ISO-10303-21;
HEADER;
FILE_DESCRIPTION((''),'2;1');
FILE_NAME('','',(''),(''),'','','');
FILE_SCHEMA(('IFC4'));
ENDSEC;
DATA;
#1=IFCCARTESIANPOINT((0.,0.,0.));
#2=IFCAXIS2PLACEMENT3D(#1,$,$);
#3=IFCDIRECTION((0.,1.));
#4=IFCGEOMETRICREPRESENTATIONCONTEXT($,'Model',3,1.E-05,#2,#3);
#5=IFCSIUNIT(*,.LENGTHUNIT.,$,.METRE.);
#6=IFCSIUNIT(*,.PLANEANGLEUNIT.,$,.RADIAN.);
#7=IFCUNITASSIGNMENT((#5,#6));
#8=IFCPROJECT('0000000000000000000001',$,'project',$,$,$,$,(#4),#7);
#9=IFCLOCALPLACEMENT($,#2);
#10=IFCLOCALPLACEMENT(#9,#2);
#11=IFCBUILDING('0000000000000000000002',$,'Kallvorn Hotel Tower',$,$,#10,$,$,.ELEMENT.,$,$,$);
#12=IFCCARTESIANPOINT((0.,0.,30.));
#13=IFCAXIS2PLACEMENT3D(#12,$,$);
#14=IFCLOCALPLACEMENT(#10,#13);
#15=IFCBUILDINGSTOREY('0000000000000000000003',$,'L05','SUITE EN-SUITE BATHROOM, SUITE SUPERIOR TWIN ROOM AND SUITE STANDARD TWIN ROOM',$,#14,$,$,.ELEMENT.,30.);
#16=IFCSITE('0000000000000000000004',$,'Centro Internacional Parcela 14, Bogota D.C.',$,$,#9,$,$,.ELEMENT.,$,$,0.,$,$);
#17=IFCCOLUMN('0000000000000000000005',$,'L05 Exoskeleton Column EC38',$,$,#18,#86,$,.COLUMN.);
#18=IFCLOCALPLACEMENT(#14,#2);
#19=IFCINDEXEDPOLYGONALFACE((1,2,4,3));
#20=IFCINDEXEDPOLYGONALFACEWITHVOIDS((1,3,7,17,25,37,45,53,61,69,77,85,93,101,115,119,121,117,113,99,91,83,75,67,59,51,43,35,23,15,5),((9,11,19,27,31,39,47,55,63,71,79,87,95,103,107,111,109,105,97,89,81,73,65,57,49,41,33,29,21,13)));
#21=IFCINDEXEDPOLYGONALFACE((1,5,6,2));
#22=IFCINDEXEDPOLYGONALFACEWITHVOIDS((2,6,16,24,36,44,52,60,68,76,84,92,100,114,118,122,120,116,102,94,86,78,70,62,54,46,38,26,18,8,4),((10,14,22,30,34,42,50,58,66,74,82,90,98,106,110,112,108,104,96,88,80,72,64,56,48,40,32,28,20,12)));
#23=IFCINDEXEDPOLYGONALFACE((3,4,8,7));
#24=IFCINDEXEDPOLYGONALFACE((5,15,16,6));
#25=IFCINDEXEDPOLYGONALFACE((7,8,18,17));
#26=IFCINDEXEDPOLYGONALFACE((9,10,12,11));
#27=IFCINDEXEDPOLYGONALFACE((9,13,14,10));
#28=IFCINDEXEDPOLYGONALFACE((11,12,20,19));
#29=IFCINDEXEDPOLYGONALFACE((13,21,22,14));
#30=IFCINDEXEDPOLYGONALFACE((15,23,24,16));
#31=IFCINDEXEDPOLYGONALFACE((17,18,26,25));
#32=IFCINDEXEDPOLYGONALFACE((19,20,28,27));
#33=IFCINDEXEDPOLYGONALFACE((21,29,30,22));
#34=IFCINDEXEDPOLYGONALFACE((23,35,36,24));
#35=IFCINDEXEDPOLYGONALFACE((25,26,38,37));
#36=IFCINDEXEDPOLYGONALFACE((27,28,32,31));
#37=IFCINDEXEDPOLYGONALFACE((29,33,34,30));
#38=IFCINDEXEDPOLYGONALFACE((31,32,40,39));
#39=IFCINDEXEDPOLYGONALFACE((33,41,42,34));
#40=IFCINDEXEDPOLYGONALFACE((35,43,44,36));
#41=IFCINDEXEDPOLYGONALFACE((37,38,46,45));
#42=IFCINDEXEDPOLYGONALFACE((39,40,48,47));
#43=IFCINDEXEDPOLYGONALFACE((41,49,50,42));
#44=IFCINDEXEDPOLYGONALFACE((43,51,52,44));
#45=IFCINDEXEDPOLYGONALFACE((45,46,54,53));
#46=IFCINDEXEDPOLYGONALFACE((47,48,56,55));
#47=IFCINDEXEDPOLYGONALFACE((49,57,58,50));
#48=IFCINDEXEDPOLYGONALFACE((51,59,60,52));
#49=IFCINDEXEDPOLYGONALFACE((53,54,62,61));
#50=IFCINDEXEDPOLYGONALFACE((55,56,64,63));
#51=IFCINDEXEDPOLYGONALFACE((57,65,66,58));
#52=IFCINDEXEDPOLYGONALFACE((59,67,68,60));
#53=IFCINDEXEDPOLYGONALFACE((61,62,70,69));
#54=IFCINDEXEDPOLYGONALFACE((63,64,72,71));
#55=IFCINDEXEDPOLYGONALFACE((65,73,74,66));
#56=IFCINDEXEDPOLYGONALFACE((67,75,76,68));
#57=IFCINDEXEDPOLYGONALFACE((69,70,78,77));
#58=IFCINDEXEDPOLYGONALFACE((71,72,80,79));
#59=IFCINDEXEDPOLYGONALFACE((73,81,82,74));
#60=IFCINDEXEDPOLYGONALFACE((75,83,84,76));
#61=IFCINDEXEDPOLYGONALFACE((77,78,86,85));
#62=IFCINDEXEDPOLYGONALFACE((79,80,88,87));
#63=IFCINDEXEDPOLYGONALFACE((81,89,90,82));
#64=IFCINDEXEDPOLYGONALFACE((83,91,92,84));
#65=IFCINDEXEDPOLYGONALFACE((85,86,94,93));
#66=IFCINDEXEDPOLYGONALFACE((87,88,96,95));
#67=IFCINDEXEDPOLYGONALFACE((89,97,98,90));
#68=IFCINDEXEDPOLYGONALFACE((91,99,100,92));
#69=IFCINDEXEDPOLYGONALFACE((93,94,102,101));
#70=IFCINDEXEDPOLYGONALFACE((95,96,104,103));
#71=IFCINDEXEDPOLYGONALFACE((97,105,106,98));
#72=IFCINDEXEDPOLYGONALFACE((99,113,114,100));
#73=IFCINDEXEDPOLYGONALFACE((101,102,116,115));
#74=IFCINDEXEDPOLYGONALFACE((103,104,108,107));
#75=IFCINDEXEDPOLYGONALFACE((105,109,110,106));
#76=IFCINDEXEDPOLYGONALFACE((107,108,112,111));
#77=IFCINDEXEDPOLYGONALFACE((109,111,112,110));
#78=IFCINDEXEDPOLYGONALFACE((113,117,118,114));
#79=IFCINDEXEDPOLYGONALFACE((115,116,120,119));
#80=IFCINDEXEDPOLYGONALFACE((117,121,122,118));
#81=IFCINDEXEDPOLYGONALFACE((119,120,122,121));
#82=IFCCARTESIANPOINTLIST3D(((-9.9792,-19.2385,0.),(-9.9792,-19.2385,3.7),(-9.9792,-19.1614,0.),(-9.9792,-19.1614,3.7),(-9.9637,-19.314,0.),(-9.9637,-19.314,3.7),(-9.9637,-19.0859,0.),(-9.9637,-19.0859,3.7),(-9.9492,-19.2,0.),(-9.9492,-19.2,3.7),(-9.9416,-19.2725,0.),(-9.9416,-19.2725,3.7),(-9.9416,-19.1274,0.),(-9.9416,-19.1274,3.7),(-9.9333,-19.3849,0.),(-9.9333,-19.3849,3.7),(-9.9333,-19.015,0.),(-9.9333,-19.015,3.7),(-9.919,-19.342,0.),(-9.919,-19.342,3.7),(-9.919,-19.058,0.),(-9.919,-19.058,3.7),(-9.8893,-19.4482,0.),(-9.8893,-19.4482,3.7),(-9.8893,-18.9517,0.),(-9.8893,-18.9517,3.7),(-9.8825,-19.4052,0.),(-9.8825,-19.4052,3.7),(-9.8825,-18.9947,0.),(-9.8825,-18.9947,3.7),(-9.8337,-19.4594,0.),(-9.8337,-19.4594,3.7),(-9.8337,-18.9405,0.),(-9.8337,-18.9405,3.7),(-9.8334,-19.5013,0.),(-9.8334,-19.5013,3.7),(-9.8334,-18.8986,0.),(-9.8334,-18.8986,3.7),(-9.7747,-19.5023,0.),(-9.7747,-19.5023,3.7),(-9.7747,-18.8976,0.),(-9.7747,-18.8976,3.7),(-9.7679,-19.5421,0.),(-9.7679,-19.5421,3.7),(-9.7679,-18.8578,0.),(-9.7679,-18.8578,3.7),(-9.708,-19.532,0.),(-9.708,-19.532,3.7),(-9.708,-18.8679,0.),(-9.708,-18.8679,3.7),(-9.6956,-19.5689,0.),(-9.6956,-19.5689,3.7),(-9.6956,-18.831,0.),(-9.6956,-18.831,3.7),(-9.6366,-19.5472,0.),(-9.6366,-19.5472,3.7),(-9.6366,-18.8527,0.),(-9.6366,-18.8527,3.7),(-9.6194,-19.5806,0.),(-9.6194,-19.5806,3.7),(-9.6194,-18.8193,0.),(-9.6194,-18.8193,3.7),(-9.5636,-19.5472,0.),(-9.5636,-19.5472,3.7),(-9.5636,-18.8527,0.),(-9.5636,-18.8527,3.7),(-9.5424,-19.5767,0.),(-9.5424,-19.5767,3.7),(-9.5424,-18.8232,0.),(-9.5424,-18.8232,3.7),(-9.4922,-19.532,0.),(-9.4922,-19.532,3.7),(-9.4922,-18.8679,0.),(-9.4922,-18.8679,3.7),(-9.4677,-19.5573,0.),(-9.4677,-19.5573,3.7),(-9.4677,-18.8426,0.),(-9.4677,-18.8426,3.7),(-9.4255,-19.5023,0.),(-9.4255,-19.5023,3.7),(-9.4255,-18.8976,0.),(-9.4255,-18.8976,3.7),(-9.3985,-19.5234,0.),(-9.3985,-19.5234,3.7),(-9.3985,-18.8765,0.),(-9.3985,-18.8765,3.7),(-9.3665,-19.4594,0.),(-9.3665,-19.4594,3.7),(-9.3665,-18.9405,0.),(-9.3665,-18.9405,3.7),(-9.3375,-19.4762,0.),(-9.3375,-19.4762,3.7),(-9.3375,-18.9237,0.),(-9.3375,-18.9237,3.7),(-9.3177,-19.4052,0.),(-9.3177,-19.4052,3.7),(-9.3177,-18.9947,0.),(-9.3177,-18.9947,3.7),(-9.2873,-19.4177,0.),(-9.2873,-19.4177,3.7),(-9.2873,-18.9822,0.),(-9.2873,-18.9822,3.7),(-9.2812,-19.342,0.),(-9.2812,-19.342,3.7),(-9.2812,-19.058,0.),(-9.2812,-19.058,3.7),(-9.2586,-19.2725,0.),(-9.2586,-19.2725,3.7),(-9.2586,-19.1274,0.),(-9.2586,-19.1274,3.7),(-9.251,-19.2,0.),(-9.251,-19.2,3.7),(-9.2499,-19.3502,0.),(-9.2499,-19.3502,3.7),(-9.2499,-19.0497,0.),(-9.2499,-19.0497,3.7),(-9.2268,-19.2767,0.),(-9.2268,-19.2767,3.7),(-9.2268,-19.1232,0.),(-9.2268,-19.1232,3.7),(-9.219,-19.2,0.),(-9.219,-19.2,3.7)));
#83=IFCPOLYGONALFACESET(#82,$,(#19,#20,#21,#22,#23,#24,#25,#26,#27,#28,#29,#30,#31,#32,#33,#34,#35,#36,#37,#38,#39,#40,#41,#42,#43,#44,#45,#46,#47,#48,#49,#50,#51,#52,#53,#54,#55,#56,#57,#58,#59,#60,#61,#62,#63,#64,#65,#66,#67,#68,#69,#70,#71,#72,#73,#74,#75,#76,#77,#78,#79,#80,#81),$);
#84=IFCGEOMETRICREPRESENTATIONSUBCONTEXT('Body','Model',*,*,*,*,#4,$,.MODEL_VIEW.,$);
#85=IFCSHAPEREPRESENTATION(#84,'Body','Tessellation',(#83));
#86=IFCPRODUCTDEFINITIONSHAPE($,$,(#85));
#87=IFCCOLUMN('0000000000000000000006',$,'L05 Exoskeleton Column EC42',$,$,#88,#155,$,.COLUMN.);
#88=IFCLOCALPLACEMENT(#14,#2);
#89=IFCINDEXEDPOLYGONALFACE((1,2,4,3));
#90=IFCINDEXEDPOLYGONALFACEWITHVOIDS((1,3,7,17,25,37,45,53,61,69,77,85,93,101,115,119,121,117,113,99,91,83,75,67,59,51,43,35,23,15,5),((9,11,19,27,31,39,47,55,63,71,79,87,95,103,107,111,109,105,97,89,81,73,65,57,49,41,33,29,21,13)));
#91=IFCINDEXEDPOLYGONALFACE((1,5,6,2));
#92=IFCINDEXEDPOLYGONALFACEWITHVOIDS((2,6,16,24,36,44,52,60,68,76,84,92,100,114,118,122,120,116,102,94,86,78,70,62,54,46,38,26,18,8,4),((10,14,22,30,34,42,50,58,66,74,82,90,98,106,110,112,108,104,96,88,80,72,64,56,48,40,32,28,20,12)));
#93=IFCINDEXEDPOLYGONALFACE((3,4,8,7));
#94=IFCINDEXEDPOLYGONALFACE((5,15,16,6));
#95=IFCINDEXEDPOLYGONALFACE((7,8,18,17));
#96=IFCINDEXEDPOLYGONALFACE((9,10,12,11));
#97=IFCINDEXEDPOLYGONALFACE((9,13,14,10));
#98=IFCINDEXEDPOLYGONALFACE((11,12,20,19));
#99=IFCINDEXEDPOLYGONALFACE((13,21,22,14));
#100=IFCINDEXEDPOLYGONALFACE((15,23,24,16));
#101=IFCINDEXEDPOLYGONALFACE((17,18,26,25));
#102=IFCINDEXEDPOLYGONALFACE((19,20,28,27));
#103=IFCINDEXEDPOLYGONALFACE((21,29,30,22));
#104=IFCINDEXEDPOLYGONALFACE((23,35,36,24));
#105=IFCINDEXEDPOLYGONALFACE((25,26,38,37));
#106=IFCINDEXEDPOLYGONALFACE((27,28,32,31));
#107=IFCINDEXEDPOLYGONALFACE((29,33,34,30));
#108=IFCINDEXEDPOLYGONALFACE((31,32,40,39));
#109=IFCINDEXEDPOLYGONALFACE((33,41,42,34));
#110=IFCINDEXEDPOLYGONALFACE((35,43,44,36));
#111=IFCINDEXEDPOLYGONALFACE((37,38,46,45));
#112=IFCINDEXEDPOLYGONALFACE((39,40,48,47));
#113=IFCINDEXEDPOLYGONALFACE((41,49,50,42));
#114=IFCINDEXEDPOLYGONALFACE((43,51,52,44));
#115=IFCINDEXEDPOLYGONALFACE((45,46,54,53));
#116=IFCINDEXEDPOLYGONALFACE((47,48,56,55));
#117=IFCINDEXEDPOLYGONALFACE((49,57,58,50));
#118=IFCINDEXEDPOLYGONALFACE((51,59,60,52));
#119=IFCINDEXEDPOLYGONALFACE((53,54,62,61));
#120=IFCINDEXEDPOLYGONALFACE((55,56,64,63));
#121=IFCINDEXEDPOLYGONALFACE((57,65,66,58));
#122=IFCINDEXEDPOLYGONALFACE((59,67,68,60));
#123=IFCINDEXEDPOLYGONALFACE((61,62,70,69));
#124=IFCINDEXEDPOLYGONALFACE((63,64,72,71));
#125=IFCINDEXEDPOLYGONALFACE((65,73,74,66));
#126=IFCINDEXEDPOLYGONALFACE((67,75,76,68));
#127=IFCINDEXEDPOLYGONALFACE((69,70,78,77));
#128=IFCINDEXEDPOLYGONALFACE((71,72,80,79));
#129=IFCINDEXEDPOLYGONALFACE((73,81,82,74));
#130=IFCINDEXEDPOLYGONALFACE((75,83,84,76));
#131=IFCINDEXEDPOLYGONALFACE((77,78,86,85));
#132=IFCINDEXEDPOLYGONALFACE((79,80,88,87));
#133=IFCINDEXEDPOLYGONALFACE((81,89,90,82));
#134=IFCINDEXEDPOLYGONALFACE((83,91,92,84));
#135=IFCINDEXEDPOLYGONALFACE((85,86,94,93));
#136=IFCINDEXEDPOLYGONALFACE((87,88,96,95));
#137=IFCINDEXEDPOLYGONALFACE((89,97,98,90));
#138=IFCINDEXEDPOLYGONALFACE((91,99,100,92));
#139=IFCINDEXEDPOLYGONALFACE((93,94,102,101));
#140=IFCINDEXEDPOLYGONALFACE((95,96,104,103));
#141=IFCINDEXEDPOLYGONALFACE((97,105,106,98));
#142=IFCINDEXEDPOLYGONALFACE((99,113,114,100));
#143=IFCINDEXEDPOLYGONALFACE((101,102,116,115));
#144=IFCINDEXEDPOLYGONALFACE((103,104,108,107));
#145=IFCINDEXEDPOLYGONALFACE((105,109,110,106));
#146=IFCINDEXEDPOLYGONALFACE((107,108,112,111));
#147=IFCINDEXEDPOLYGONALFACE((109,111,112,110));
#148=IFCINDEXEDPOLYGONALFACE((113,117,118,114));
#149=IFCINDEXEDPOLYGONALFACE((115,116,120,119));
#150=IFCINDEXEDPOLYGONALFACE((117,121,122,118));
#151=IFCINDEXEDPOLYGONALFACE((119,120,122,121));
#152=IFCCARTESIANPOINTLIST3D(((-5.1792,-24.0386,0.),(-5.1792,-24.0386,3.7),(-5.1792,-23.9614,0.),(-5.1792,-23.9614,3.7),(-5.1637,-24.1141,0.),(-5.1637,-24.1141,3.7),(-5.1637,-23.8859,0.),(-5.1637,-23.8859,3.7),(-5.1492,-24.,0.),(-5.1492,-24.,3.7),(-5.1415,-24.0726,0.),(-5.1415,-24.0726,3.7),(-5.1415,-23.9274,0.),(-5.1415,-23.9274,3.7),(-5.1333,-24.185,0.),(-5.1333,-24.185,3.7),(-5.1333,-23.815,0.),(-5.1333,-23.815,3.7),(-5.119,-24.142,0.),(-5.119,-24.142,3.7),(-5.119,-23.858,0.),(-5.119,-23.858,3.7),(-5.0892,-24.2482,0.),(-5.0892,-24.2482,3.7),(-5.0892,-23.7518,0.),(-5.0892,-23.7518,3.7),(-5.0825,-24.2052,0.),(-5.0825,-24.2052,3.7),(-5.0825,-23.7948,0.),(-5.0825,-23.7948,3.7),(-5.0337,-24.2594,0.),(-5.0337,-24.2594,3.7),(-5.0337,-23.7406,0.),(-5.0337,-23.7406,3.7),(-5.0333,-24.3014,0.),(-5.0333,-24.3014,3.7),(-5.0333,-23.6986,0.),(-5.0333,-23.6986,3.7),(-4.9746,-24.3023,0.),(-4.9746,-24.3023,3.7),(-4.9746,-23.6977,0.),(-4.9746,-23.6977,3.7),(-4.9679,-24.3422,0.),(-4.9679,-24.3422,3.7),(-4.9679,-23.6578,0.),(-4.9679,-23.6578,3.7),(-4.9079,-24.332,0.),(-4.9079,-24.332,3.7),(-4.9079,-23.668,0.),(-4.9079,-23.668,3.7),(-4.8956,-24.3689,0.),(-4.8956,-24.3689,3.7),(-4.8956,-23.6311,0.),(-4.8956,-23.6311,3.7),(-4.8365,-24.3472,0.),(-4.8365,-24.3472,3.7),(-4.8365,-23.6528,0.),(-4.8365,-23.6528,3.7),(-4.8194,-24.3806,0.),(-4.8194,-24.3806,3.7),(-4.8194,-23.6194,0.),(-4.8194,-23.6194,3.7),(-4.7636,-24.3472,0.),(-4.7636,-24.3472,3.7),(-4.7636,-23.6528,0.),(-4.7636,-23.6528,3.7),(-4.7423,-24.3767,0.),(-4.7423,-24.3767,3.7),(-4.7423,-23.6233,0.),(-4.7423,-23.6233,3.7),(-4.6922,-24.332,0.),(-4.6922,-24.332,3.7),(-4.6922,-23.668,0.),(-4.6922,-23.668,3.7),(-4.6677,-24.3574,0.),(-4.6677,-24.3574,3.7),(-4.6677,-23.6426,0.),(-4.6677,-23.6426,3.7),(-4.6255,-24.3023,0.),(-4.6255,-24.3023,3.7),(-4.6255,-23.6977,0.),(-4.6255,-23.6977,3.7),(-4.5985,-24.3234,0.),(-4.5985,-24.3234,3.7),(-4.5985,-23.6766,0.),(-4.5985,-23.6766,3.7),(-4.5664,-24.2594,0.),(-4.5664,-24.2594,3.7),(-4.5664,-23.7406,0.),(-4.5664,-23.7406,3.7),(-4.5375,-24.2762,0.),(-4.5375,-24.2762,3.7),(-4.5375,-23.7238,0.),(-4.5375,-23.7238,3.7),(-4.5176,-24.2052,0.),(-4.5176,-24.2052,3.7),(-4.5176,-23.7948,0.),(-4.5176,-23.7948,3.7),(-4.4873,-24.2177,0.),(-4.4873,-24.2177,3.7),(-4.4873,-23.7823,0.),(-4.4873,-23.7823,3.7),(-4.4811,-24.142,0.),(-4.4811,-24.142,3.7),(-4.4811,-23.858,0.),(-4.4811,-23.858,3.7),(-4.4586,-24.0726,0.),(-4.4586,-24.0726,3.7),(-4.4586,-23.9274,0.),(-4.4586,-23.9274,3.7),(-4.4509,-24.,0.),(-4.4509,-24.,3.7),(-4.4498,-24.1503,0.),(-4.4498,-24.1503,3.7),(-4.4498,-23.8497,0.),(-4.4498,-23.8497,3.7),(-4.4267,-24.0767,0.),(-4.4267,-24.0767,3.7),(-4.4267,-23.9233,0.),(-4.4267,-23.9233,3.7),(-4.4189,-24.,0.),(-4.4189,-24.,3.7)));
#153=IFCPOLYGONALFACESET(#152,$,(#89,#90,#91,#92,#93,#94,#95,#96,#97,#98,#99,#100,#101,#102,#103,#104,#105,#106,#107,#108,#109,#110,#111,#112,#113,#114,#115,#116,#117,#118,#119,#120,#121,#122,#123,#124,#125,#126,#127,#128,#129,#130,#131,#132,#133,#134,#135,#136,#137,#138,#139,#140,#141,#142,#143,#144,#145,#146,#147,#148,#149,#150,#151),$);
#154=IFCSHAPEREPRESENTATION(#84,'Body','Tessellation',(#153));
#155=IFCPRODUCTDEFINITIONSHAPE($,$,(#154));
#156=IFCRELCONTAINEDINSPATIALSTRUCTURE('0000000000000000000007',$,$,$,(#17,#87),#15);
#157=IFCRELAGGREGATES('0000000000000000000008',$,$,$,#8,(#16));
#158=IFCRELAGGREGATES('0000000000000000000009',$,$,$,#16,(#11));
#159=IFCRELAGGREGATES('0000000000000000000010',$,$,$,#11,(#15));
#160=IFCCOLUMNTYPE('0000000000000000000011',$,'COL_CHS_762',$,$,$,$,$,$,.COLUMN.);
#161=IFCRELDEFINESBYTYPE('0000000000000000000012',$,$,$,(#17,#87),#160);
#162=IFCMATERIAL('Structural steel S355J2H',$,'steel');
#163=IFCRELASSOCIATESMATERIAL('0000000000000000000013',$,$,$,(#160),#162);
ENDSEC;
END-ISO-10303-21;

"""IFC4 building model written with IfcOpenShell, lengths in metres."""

from ifc_helpers import new_model, si_unit, direction, frame, origin, origin_2d, place, context, subcontext, project, spatial, hollow_circle, extrude, material, material_profile, profile_set, type_object, element, save


model = new_model("IFC4")

# Units and contexts
model_context = context("Model", 3, precision=1e-05, world=origin(), true_north=direction((0.0, 1.0)))
body_context = subcontext(model_context, "Body", "Model", "MODEL_VIEW")
ifc_project = project(units=[si_unit("LENGTHUNIT", "METRE"), si_unit("PLANEANGLEUNIT", "RADIAN")], contexts=[model_context])

# Site, building, storey
site_placement = place(None, origin())
site = spatial("IfcSite", under=ifc_project, at=site_placement, Name="Centro Internacional Parcela 14, Bogota D.C.", CompositionType="ELEMENT", RefElevation=0.0)
building_placement = place(site_placement, origin())
building = spatial("IfcBuilding", under=site, at=building_placement, Name="Kallvorn Hotel Tower", CompositionType="ELEMENT")
storey_placement = place(building_placement, frame((0.0, 0.0, 30.0)))
storey = spatial("IfcBuildingStorey", under=building, at=storey_placement, Name="L05", Description="SUITE EN-SUITE BATHROOM, SUITE SUPERIOR TWIN ROOM AND SUITE STANDARD TWIN ROOM", CompositionType="ELEMENT", Elevation=30.0)

# Columns
ifc_material_1 = material(Name="Structural steel S355J2H", Category="steel")
ifc_material_profile_1 = material_profile(ifc_material_1, hollow_circle(Radius=0.3811, WallThickness=0.032, at=origin_2d()), Name="CHS 762x32")
ifc_profile_set_1 = profile_set([ifc_material_profile_1], Name="Structural steel S355J2H")
column_type_1 = type_object("IfcColumnType", Name="COL_CHS_762", PredefinedType="COLUMN", material=ifc_profile_set_1)
for number, where, z_axis, x_axis, name in (
    (1, (-9.6001, -19.2, 0.0), (0.0, 0.0, 1.0), (1.0, 0.0, 0.0), "L05 Exoskeleton Column EC38"),
    (2, (-4.8, -24.0, 0.0), (0.0, 0.0, 1.0), (1.0, 0.0, 0.0), "L05 Exoskeleton Column EC42"),
):
    element("IfcColumn", number, at=place(storey_placement, frame(where, z_axis=z_axis, x_axis=x_axis)), inside=storey, type_object=column_type_1, Name=name, PredefinedType="COLUMN", context=body_context, shape_type="SweptSolid", body=[
        extrude(hollow_circle(Radius=0.3811, WallThickness=0.032, at=origin_2d()), origin(), (0.0, 0.0, 1.0), 3.7),
    ])

save(model, "model.ifc")
